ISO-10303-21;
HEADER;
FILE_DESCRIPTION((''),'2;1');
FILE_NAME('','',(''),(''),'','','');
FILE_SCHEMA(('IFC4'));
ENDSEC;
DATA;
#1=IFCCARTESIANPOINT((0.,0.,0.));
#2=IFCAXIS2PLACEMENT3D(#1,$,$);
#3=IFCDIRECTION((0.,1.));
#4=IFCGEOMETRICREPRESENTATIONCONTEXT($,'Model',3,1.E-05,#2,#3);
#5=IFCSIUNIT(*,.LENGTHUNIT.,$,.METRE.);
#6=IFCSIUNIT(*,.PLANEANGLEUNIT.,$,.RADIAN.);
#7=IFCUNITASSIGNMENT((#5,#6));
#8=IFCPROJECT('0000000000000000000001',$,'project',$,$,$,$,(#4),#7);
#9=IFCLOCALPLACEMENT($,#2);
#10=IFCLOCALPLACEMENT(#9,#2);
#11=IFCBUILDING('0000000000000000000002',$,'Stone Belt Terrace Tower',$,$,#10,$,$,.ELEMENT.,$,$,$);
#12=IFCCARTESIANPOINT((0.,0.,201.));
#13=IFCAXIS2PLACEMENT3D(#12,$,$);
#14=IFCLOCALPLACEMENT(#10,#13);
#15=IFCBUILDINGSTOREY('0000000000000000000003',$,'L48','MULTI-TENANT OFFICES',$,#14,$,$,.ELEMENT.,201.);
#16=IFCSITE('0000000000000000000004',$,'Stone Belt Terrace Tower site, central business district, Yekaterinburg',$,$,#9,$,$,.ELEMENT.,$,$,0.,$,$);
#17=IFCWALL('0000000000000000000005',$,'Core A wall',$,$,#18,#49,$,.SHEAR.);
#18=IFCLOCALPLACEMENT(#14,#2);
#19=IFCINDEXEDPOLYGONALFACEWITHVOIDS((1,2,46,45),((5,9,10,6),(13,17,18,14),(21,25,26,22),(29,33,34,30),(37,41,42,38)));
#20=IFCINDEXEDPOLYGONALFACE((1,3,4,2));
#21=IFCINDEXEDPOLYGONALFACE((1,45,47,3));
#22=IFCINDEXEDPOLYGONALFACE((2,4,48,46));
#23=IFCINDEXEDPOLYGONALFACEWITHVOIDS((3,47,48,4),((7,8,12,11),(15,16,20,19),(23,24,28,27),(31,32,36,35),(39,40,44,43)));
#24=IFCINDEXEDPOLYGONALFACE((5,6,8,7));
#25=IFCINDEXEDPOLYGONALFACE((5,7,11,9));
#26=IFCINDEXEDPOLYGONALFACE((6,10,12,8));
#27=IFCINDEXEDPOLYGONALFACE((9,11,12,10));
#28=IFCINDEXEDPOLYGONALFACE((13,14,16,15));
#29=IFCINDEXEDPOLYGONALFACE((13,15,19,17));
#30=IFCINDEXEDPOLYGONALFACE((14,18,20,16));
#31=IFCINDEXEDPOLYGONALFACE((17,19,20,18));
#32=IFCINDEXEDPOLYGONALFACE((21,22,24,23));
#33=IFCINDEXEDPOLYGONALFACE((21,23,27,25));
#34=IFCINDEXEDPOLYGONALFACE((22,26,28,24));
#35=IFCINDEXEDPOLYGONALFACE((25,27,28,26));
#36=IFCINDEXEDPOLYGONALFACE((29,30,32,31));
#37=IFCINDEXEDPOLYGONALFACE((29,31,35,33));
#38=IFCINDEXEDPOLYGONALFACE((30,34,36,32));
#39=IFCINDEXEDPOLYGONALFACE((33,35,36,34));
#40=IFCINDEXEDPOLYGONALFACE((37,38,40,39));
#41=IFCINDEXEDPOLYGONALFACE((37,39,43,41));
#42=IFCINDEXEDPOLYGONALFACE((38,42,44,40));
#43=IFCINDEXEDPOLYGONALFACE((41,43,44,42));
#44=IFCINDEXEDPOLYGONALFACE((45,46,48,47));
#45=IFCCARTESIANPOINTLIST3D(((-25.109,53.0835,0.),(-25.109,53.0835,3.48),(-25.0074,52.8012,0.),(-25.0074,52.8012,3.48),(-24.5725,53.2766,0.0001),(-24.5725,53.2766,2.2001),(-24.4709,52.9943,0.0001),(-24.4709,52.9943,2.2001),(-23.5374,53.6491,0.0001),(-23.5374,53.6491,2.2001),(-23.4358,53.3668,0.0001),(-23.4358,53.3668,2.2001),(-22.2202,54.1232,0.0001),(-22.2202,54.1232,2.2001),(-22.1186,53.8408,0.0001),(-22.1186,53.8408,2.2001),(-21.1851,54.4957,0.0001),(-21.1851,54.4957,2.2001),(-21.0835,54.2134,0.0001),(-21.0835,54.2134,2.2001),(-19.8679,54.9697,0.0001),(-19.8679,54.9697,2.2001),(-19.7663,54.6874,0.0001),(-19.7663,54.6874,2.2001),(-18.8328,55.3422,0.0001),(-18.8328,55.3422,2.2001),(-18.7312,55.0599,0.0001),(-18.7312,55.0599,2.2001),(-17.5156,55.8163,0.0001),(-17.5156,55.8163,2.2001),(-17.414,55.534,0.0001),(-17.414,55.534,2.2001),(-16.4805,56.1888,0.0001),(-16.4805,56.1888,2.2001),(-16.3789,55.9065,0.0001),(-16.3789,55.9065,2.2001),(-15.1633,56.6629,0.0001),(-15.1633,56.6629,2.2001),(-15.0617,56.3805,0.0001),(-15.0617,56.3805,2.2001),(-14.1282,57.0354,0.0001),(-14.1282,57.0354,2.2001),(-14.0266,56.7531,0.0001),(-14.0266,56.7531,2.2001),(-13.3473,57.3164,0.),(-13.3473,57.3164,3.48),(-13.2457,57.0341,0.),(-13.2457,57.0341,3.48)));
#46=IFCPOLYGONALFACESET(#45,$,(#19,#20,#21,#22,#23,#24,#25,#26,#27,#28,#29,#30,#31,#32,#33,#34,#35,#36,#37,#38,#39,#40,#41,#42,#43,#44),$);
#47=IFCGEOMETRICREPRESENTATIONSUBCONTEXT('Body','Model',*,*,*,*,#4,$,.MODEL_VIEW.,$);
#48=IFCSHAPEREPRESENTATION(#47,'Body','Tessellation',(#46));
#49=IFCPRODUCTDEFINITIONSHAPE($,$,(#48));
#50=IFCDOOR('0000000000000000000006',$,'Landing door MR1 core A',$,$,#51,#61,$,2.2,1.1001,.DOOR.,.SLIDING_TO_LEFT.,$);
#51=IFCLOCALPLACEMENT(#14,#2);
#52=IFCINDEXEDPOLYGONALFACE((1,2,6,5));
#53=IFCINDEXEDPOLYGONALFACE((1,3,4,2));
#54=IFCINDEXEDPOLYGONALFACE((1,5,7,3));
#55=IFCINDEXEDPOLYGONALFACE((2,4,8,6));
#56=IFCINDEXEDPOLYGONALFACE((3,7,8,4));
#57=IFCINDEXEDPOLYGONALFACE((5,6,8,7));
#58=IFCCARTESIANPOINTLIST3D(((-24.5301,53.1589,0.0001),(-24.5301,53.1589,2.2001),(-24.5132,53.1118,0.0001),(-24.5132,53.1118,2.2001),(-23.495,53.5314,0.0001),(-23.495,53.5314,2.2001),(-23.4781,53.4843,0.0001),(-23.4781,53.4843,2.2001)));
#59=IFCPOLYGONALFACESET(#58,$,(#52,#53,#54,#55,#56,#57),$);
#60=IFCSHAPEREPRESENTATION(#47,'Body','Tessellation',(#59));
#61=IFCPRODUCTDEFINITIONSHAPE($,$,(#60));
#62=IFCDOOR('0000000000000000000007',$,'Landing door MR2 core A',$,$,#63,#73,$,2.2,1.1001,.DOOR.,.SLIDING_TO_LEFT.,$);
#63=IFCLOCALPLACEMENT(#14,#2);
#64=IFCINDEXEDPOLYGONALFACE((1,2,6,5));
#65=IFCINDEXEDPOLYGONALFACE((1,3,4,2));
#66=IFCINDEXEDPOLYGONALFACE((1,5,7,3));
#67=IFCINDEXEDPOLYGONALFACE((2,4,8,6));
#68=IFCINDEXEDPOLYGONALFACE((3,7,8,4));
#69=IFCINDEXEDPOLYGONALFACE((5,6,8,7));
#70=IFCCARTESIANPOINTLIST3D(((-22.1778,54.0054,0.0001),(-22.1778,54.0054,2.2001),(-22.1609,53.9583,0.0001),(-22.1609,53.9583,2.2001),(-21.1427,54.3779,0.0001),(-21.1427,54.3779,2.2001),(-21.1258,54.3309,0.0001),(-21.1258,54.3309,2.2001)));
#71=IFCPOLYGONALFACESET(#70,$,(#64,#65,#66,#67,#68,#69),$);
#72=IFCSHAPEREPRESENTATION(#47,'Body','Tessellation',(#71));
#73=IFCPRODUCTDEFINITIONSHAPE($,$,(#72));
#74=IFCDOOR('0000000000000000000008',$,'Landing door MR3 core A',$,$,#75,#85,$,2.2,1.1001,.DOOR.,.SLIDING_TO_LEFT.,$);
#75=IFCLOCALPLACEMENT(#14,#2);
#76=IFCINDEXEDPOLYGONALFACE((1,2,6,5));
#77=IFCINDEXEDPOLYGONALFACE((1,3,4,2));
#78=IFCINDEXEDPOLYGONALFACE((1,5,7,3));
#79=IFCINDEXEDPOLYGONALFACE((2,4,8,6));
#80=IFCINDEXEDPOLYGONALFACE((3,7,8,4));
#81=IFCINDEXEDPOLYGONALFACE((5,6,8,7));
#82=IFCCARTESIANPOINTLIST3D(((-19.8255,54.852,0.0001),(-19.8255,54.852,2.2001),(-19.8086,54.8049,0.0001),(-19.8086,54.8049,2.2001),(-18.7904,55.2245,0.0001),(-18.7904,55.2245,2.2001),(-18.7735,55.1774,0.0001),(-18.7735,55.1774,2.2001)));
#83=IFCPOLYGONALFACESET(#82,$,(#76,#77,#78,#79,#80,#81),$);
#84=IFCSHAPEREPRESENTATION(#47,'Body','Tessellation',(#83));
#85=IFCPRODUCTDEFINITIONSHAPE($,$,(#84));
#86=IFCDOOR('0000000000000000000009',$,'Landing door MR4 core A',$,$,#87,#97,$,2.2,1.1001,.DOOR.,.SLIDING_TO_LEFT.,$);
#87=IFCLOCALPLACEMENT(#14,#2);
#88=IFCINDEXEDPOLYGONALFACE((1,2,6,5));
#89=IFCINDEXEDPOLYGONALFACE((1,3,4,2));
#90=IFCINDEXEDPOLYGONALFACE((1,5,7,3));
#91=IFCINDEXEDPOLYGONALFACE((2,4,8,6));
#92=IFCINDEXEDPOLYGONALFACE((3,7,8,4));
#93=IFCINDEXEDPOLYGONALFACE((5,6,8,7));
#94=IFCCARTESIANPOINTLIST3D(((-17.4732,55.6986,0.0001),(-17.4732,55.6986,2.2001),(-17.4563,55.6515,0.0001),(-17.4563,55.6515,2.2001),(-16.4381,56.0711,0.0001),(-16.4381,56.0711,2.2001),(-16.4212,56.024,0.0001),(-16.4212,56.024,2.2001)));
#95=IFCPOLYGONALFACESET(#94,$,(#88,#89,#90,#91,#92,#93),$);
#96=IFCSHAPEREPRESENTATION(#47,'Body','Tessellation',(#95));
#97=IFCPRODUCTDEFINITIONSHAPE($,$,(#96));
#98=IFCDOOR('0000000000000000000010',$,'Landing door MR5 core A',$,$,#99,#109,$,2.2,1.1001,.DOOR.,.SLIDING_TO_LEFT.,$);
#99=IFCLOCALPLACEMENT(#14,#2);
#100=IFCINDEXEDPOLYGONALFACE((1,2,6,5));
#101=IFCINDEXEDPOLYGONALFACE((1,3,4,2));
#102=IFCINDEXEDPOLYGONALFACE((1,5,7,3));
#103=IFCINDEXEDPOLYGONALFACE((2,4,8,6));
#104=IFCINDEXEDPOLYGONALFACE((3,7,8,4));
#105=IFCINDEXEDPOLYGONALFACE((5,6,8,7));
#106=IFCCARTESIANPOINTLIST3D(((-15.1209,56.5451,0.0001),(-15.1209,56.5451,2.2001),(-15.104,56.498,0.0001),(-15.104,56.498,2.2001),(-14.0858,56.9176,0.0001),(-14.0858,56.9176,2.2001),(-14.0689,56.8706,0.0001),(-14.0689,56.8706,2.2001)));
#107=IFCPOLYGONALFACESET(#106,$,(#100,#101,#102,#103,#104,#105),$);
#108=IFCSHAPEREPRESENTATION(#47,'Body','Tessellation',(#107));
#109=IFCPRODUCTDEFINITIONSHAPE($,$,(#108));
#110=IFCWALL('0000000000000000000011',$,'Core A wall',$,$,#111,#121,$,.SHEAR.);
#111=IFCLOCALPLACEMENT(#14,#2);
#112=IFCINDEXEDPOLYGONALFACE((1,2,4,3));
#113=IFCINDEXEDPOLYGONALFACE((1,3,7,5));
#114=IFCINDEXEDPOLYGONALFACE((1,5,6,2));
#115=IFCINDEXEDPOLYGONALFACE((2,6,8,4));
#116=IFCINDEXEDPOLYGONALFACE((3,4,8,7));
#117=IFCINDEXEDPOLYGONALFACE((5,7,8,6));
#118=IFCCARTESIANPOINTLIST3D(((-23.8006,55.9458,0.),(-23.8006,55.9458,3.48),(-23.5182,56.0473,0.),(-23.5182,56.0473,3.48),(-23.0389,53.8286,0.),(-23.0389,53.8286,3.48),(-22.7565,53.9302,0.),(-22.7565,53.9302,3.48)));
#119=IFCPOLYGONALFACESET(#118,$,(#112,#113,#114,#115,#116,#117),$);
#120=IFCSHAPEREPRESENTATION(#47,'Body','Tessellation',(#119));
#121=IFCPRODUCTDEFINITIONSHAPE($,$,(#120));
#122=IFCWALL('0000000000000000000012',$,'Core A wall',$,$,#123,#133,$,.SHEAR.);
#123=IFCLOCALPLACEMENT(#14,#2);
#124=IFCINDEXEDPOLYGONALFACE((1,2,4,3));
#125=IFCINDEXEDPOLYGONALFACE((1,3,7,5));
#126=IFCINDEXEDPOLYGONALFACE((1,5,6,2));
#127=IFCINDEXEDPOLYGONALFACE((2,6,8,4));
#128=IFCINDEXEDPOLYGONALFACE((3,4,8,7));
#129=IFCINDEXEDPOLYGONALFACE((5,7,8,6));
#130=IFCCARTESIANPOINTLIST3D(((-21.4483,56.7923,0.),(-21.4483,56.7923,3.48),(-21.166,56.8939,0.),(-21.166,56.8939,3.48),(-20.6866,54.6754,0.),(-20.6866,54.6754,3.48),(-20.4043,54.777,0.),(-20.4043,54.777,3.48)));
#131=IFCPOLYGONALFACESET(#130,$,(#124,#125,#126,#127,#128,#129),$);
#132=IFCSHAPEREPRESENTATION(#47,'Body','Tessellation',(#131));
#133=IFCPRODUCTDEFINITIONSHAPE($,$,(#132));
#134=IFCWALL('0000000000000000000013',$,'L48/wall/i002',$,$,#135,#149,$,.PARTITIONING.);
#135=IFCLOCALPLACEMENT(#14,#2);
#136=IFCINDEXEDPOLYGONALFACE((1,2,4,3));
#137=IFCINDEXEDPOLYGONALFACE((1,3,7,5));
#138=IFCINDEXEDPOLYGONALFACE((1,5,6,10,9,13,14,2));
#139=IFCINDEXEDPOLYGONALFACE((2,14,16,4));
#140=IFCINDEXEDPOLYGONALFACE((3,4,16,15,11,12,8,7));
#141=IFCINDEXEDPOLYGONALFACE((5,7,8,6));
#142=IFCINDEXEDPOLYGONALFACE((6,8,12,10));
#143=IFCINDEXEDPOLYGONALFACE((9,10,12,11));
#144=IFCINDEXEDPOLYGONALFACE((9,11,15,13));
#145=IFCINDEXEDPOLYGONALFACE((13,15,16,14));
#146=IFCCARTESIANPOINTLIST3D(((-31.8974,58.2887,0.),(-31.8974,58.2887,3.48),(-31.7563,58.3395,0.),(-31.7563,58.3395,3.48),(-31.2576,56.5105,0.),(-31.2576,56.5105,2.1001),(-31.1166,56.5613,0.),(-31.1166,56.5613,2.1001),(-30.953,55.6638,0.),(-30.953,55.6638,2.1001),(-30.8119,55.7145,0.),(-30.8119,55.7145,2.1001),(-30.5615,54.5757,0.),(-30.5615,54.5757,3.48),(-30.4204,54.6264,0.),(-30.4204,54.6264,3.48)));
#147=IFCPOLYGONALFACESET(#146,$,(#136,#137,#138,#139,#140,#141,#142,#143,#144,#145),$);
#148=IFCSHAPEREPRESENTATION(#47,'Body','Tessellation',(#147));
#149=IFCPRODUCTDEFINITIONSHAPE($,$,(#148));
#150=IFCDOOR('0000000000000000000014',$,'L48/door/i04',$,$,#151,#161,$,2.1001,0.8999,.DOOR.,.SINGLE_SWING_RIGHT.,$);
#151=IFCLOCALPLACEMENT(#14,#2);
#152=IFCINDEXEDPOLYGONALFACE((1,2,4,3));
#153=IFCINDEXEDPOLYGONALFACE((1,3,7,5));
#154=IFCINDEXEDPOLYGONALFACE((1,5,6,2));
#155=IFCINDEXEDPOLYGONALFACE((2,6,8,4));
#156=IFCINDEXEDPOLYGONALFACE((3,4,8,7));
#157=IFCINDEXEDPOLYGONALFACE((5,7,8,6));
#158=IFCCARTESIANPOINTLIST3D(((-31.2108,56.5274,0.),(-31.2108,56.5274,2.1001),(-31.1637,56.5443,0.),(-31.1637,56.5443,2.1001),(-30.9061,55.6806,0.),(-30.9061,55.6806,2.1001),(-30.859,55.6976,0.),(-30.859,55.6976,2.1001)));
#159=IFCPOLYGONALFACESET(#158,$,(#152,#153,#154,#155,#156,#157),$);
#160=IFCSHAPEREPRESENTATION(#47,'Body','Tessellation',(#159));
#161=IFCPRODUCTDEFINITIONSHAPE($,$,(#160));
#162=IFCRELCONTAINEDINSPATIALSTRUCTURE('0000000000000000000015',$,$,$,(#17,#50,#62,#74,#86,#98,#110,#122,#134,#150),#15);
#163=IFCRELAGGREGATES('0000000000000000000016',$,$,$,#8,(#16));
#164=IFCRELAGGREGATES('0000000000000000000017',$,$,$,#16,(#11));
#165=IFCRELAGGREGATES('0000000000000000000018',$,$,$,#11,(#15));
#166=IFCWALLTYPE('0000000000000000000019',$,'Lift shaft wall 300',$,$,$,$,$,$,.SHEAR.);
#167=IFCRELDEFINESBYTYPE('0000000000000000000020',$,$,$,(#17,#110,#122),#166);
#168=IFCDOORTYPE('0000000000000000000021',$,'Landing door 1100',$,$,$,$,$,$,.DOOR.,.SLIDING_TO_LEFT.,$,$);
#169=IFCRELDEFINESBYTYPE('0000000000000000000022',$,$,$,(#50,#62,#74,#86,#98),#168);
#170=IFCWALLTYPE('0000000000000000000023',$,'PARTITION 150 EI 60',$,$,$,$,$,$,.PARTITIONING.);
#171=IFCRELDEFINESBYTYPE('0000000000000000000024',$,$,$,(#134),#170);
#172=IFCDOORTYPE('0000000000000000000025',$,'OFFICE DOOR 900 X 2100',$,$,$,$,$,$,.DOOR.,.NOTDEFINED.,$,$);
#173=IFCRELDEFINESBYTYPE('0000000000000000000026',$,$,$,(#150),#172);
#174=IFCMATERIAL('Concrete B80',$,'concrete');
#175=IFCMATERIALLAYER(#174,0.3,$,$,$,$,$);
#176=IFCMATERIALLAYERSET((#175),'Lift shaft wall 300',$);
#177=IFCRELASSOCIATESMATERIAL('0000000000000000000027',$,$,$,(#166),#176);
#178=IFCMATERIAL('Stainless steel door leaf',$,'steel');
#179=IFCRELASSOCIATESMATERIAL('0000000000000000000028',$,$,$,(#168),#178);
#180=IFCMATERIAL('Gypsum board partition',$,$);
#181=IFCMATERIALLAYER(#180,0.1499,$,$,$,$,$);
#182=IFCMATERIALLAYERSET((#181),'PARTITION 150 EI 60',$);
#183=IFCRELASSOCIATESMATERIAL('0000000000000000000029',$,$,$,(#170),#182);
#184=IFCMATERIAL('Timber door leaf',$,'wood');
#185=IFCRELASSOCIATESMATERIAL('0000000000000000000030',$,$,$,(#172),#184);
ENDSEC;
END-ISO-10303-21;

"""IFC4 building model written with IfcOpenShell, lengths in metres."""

from ifc_helpers import new_model, si_unit, direction, frame, frame_2d, origin, place, context, subcontext, project, spatial, rectangle, extrude, material, layer, layer_set, type_object, element, fill, save


model = new_model("IFC4")

# Units and contexts
model_context = context("Model", 3, precision=1e-05, world=origin(), true_north=direction((0.0, 1.0)))
body_context = subcontext(model_context, "Body", "Model", "MODEL_VIEW")
ifc_project = project(units=[si_unit("LENGTHUNIT", "METRE"), si_unit("PLANEANGLEUNIT", "RADIAN")], contexts=[model_context])

# Site, building, storey
site_placement = place(None, origin())
site = spatial("IfcSite", under=ifc_project, at=site_placement, Name="Stone Belt Terrace Tower site, central business district, Yekaterinburg", CompositionType="ELEMENT", RefElevation=0.0)
building_placement = place(site_placement, origin())
building = spatial("IfcBuilding", under=site, at=building_placement, Name="Stone Belt Terrace Tower", CompositionType="ELEMENT")
storey_placement = place(building_placement, frame((0.0, 0.0, 201.0)))
storey = spatial("IfcBuildingStorey", under=building, at=storey_placement, Name="L48", Description="MULTI-TENANT OFFICES", CompositionType="ELEMENT", Elevation=201.0)

# Shared definitions
ifc_material_1 = material(Name="Timber door leaf", Category="wood")

# Shared definitions
ifc_material_2 = material(Name="Concrete B80", Category="concrete")

# Shared definitions
ifc_layer_1 = layer(ifc_material_2, 0.3)
ifc_layer_set_1 = layer_set([ifc_layer_1], Name="Lift shaft wall 300")
wall_type_1 = type_object("IfcWallType", Name="Lift shaft wall 300", PredefinedType="SHEAR", material=ifc_layer_set_1)
ifc_material_3 = material(Name="Stainless steel door leaf", Category="steel")

# Wall, openings, doors
wall_1_placement = place(storey_placement, frame((-25.0581, 52.9424, 0.0), z_axis=(0.0, 0.0, 1.0), x_axis=(0.940921, 0.338627, 0.0)))
wall_1 = element("IfcWall", 1, at=wall_1_placement, inside=storey, type_object=wall_type_1, Name="Core A wall", PredefinedType="SHEAR", context=body_context, shape_type="SweptSolid", body=[
    extrude(rectangle(XDim=12.5002, YDim=0.3, at=frame_2d((6.25, 0.0))), origin(), (0.0, 0.0, 1.0), 3.48),
])
opening_1_placement = place(wall_1_placement, frame((0.5701, 0.0, 0.0)))
opening_1 = element("IfcOpeningElement", 2, at=opening_1_placement, cuts=wall_1, PredefinedType="OPENING", context=body_context, shape_type="SweptSolid", body=[
    extrude(rectangle(XDim=1.1001, YDim=2.2, at=frame_2d((0.55, 1.1001))), frame((0.0, 0.1599, 0.0), z_axis=(0.0, -1.0, 0.0), x_axis=(1.0, 0.0, 0.0)), (0.0, 0.0, 1.0), 0.3201),
])
opening_2_placement = place(wall_1_placement, frame((3.0701, 0.0, 0.0)))
opening_2 = element("IfcOpeningElement", 3, at=opening_2_placement, cuts=wall_1, PredefinedType="OPENING", context=body_context, shape_type="SweptSolid", body=[
    extrude(rectangle(XDim=1.1001, YDim=2.2, at=frame_2d((0.55, 1.1001))), frame((0.0, 0.1599, 0.0), z_axis=(0.0, -1.0, 0.0), x_axis=(1.0, 0.0, 0.0)), (0.0, 0.0, 1.0), 0.3201),
])
opening_3_placement = place(wall_1_placement, frame((5.5701, 0.0, 0.0)))
opening_3 = element("IfcOpeningElement", 4, at=opening_3_placement, cuts=wall_1, PredefinedType="OPENING", context=body_context, shape_type="SweptSolid", body=[
    extrude(rectangle(XDim=1.1001, YDim=2.2, at=frame_2d((0.55, 1.1001))), frame((0.0, 0.1599, 0.0), z_axis=(0.0, -1.0, 0.0), x_axis=(1.0, 0.0, 0.0)), (0.0, 0.0, 1.0), 0.3201),
])
opening_4_placement = place(wall_1_placement, frame((8.0701, 0.0, 0.0)))
opening_4 = element("IfcOpeningElement", 5, at=opening_4_placement, cuts=wall_1, PredefinedType="OPENING", context=body_context, shape_type="SweptSolid", body=[
    extrude(rectangle(XDim=1.1001, YDim=2.2, at=frame_2d((0.55, 1.1001))), frame((0.0, 0.1599, 0.0), z_axis=(0.0, -1.0, 0.0), x_axis=(1.0, 0.0, 0.0)), (0.0, 0.0, 1.0), 0.3201),
])
opening_5_placement = place(wall_1_placement, frame((10.5701, 0.0, 0.0)))
opening_5 = element("IfcOpeningElement", 6, at=opening_5_placement, cuts=wall_1, PredefinedType="OPENING", context=body_context, shape_type="SweptSolid", body=[
    extrude(rectangle(XDim=1.1001, YDim=2.2, at=frame_2d((0.55, 1.1001))), frame((0.0, 0.1599, 0.0), z_axis=(0.0, -1.0, 0.0), x_axis=(1.0, 0.0, 0.0)), (0.0, 0.0, 1.0), 0.3201),
])
door_type_1 = type_object("IfcDoorType", Name="Landing door 1100", OperationType="SLIDING_TO_LEFT", PredefinedType="DOOR", material=ifc_material_3)
door_1_placement = place(opening_1_placement, origin())
door_1 = element("IfcDoor", 7, at=door_1_placement, inside=storey, type_object=door_type_1, Name="Landing door MR1 core A", OperationType="SLIDING_TO_LEFT", OverallHeight=2.2, OverallWidth=1.1001, PredefinedType="DOOR", context=body_context, shape_type="SweptSolid", body=[
    extrude(rectangle(XDim=1.1001, YDim=2.2, at=frame_2d((0.55, 1.1001))), frame((0.0, 0.0249, 0.0), z_axis=(0.0, -1.0, 0.0), x_axis=(1.0, 0.0, 0.0)), (0.0, 0.0, 1.0), 0.05),
])
fill(opening_1, door_1)
door_2_placement = place(opening_2_placement, origin())
door_2 = element("IfcDoor", 8, at=door_2_placement, inside=storey, type_object=door_type_1, Name="Landing door MR2 core A", OperationType="SLIDING_TO_LEFT", OverallHeight=2.2, OverallWidth=1.1001, PredefinedType="DOOR", context=body_context, shape_type="SweptSolid", body=[
    extrude(rectangle(XDim=1.1001, YDim=2.2, at=frame_2d((0.55, 1.1001))), frame((0.0, 0.0249, 0.0), z_axis=(0.0, -1.0, 0.0), x_axis=(1.0, 0.0, 0.0)), (0.0, 0.0, 1.0), 0.05),
])
fill(opening_2, door_2)
door_3_placement = place(opening_3_placement, origin())
door_3 = element("IfcDoor", 9, at=door_3_placement, inside=storey, type_object=door_type_1, Name="Landing door MR3 core A", OperationType="SLIDING_TO_LEFT", OverallHeight=2.2, OverallWidth=1.1001, PredefinedType="DOOR", context=body_context, shape_type="SweptSolid", body=[
    extrude(rectangle(XDim=1.1001, YDim=2.2, at=frame_2d((0.55, 1.1001))), frame((0.0, 0.0249, 0.0), z_axis=(0.0, -1.0, 0.0), x_axis=(1.0, 0.0, 0.0)), (0.0, 0.0, 1.0), 0.05),
])
fill(opening_3, door_3)
door_4_placement = place(opening_4_placement, origin())
door_4 = element("IfcDoor", 10, at=door_4_placement, inside=storey, type_object=door_type_1, Name="Landing door MR4 core A", OperationType="SLIDING_TO_LEFT", OverallHeight=2.2, OverallWidth=1.1001, PredefinedType="DOOR", context=body_context, shape_type="SweptSolid", body=[
    extrude(rectangle(XDim=1.1001, YDim=2.2, at=frame_2d((0.55, 1.1001))), frame((0.0, 0.0249, 0.0), z_axis=(0.0, -1.0, 0.0), x_axis=(1.0, 0.0, 0.0)), (0.0, 0.0, 1.0), 0.05),
])
fill(opening_4, door_4)
door_5_placement = place(opening_5_placement, origin())
door_5 = element("IfcDoor", 11, at=door_5_placement, inside=storey, type_object=door_type_1, Name="Landing door MR5 core A", OperationType="SLIDING_TO_LEFT", OverallHeight=2.2, OverallWidth=1.1001, PredefinedType="DOOR", context=body_context, shape_type="SweptSolid", body=[
    extrude(rectangle(XDim=1.1001, YDim=2.2, at=frame_2d((0.55, 1.1001))), frame((0.0, 0.0249, 0.0), z_axis=(0.0, -1.0, 0.0), x_axis=(1.0, 0.0, 0.0)), (0.0, 0.0, 1.0), 0.05),
])
fill(opening_5, door_5)

# Walls
wall_2_placement = place(storey_placement, frame((-22.8977, 53.8794, 0.0), z_axis=(0.0, 0.0, 1.0), x_axis=(-0.338535, 0.940954, 0.0)))
element("IfcWall", 12, at=wall_2_placement, inside=storey, type_object=wall_type_1, Name="Core A wall", PredefinedType="SHEAR", context=body_context, shape_type="SweptSolid", body=[
    extrude(rectangle(XDim=2.25, YDim=0.3, at=frame_2d((1.125, 0.0))), origin(), (0.0, 0.0, 1.0), 3.48),
])
wall_3_placement = place(storey_placement, frame((-20.5454, 54.7261, 0.0), z_axis=(0.0, 0.0, 1.0), x_axis=(-0.33857, 0.940941, 0.0)))
element("IfcWall", 13, at=wall_3_placement, inside=storey, type_object=wall_type_1, Name="Core A wall", PredefinedType="SHEAR", context=body_context, shape_type="SweptSolid", body=[
    extrude(rectangle(XDim=2.2498, YDim=0.3, at=frame_2d((1.125, 0.0))), origin(), (0.0, 0.0, 1.0), 3.48),
])

# Wall, opening, door
ifc_material_4 = material(Name="Gypsum board partition")
ifc_layer_2 = layer(ifc_material_4, 0.1499)
ifc_layer_set_2 = layer_set([ifc_layer_2], Name="PARTITION 150 EI 60")
wall_type_2 = type_object("IfcWallType", Name="PARTITION 150 EI 60", PredefinedType="PARTITIONING", material=ifc_layer_set_2)
wall_4_placement = place(storey_placement, frame((-31.8269, 58.3142, 0.0), z_axis=(0.0, 0.0, 1.0), x_axis=(0.338542, -0.940951, 0.0)))
wall_4 = element("IfcWall", 14, at=wall_4_placement, inside=storey, type_object=wall_type_2, Name="L48/wall/i002", PredefinedType="PARTITIONING", context=body_context, shape_type="SweptSolid", body=[
    extrude(rectangle(XDim=3.946, YDim=0.1499, at=frame_2d((1.9731, 0.0))), origin(), (0.0, 0.0, 1.0), 3.48),
])
opening_6_placement = place(wall_4_placement, frame((1.8899, 0.0, 0.0)))
opening_6 = element("IfcOpeningElement", 15, at=opening_6_placement, cuts=wall_4, PredefinedType="OPENING", context=body_context, shape_type="SweptSolid", body=[
    extrude(rectangle(XDim=0.8999, YDim=2.1001, at=frame_2d((0.45, 1.05))), frame((0.0, 0.085, 0.0), z_axis=(0.0, -1.0, 0.0), x_axis=(1.0, 0.0, 0.0)), (0.0, 0.0, 1.0), 0.1699),
])
door_type_2 = type_object("IfcDoorType", Name="OFFICE DOOR 900 X 2100", OperationType="NOTDEFINED", PredefinedType="DOOR", material=ifc_material_1)
door_6_placement = place(opening_6_placement, origin())
door_6 = element("IfcDoor", 16, at=door_6_placement, inside=storey, type_object=door_type_2, Name="L48/door/i04", OperationType="SINGLE_SWING_RIGHT", OverallHeight=2.1001, OverallWidth=0.8999, PredefinedType="DOOR", context=body_context, shape_type="SweptSolid", body=[
    extrude(rectangle(XDim=0.8999, YDim=2.1001, at=frame_2d((0.45, 1.05))), frame((0.0, 0.0249, 0.0), z_axis=(0.0, -1.0, 0.0), x_axis=(1.0, 0.0, 0.0)), (0.0, 0.0, 1.0), 0.05),
])
fill(opening_6, door_6)

save(model, "model.ifc")
